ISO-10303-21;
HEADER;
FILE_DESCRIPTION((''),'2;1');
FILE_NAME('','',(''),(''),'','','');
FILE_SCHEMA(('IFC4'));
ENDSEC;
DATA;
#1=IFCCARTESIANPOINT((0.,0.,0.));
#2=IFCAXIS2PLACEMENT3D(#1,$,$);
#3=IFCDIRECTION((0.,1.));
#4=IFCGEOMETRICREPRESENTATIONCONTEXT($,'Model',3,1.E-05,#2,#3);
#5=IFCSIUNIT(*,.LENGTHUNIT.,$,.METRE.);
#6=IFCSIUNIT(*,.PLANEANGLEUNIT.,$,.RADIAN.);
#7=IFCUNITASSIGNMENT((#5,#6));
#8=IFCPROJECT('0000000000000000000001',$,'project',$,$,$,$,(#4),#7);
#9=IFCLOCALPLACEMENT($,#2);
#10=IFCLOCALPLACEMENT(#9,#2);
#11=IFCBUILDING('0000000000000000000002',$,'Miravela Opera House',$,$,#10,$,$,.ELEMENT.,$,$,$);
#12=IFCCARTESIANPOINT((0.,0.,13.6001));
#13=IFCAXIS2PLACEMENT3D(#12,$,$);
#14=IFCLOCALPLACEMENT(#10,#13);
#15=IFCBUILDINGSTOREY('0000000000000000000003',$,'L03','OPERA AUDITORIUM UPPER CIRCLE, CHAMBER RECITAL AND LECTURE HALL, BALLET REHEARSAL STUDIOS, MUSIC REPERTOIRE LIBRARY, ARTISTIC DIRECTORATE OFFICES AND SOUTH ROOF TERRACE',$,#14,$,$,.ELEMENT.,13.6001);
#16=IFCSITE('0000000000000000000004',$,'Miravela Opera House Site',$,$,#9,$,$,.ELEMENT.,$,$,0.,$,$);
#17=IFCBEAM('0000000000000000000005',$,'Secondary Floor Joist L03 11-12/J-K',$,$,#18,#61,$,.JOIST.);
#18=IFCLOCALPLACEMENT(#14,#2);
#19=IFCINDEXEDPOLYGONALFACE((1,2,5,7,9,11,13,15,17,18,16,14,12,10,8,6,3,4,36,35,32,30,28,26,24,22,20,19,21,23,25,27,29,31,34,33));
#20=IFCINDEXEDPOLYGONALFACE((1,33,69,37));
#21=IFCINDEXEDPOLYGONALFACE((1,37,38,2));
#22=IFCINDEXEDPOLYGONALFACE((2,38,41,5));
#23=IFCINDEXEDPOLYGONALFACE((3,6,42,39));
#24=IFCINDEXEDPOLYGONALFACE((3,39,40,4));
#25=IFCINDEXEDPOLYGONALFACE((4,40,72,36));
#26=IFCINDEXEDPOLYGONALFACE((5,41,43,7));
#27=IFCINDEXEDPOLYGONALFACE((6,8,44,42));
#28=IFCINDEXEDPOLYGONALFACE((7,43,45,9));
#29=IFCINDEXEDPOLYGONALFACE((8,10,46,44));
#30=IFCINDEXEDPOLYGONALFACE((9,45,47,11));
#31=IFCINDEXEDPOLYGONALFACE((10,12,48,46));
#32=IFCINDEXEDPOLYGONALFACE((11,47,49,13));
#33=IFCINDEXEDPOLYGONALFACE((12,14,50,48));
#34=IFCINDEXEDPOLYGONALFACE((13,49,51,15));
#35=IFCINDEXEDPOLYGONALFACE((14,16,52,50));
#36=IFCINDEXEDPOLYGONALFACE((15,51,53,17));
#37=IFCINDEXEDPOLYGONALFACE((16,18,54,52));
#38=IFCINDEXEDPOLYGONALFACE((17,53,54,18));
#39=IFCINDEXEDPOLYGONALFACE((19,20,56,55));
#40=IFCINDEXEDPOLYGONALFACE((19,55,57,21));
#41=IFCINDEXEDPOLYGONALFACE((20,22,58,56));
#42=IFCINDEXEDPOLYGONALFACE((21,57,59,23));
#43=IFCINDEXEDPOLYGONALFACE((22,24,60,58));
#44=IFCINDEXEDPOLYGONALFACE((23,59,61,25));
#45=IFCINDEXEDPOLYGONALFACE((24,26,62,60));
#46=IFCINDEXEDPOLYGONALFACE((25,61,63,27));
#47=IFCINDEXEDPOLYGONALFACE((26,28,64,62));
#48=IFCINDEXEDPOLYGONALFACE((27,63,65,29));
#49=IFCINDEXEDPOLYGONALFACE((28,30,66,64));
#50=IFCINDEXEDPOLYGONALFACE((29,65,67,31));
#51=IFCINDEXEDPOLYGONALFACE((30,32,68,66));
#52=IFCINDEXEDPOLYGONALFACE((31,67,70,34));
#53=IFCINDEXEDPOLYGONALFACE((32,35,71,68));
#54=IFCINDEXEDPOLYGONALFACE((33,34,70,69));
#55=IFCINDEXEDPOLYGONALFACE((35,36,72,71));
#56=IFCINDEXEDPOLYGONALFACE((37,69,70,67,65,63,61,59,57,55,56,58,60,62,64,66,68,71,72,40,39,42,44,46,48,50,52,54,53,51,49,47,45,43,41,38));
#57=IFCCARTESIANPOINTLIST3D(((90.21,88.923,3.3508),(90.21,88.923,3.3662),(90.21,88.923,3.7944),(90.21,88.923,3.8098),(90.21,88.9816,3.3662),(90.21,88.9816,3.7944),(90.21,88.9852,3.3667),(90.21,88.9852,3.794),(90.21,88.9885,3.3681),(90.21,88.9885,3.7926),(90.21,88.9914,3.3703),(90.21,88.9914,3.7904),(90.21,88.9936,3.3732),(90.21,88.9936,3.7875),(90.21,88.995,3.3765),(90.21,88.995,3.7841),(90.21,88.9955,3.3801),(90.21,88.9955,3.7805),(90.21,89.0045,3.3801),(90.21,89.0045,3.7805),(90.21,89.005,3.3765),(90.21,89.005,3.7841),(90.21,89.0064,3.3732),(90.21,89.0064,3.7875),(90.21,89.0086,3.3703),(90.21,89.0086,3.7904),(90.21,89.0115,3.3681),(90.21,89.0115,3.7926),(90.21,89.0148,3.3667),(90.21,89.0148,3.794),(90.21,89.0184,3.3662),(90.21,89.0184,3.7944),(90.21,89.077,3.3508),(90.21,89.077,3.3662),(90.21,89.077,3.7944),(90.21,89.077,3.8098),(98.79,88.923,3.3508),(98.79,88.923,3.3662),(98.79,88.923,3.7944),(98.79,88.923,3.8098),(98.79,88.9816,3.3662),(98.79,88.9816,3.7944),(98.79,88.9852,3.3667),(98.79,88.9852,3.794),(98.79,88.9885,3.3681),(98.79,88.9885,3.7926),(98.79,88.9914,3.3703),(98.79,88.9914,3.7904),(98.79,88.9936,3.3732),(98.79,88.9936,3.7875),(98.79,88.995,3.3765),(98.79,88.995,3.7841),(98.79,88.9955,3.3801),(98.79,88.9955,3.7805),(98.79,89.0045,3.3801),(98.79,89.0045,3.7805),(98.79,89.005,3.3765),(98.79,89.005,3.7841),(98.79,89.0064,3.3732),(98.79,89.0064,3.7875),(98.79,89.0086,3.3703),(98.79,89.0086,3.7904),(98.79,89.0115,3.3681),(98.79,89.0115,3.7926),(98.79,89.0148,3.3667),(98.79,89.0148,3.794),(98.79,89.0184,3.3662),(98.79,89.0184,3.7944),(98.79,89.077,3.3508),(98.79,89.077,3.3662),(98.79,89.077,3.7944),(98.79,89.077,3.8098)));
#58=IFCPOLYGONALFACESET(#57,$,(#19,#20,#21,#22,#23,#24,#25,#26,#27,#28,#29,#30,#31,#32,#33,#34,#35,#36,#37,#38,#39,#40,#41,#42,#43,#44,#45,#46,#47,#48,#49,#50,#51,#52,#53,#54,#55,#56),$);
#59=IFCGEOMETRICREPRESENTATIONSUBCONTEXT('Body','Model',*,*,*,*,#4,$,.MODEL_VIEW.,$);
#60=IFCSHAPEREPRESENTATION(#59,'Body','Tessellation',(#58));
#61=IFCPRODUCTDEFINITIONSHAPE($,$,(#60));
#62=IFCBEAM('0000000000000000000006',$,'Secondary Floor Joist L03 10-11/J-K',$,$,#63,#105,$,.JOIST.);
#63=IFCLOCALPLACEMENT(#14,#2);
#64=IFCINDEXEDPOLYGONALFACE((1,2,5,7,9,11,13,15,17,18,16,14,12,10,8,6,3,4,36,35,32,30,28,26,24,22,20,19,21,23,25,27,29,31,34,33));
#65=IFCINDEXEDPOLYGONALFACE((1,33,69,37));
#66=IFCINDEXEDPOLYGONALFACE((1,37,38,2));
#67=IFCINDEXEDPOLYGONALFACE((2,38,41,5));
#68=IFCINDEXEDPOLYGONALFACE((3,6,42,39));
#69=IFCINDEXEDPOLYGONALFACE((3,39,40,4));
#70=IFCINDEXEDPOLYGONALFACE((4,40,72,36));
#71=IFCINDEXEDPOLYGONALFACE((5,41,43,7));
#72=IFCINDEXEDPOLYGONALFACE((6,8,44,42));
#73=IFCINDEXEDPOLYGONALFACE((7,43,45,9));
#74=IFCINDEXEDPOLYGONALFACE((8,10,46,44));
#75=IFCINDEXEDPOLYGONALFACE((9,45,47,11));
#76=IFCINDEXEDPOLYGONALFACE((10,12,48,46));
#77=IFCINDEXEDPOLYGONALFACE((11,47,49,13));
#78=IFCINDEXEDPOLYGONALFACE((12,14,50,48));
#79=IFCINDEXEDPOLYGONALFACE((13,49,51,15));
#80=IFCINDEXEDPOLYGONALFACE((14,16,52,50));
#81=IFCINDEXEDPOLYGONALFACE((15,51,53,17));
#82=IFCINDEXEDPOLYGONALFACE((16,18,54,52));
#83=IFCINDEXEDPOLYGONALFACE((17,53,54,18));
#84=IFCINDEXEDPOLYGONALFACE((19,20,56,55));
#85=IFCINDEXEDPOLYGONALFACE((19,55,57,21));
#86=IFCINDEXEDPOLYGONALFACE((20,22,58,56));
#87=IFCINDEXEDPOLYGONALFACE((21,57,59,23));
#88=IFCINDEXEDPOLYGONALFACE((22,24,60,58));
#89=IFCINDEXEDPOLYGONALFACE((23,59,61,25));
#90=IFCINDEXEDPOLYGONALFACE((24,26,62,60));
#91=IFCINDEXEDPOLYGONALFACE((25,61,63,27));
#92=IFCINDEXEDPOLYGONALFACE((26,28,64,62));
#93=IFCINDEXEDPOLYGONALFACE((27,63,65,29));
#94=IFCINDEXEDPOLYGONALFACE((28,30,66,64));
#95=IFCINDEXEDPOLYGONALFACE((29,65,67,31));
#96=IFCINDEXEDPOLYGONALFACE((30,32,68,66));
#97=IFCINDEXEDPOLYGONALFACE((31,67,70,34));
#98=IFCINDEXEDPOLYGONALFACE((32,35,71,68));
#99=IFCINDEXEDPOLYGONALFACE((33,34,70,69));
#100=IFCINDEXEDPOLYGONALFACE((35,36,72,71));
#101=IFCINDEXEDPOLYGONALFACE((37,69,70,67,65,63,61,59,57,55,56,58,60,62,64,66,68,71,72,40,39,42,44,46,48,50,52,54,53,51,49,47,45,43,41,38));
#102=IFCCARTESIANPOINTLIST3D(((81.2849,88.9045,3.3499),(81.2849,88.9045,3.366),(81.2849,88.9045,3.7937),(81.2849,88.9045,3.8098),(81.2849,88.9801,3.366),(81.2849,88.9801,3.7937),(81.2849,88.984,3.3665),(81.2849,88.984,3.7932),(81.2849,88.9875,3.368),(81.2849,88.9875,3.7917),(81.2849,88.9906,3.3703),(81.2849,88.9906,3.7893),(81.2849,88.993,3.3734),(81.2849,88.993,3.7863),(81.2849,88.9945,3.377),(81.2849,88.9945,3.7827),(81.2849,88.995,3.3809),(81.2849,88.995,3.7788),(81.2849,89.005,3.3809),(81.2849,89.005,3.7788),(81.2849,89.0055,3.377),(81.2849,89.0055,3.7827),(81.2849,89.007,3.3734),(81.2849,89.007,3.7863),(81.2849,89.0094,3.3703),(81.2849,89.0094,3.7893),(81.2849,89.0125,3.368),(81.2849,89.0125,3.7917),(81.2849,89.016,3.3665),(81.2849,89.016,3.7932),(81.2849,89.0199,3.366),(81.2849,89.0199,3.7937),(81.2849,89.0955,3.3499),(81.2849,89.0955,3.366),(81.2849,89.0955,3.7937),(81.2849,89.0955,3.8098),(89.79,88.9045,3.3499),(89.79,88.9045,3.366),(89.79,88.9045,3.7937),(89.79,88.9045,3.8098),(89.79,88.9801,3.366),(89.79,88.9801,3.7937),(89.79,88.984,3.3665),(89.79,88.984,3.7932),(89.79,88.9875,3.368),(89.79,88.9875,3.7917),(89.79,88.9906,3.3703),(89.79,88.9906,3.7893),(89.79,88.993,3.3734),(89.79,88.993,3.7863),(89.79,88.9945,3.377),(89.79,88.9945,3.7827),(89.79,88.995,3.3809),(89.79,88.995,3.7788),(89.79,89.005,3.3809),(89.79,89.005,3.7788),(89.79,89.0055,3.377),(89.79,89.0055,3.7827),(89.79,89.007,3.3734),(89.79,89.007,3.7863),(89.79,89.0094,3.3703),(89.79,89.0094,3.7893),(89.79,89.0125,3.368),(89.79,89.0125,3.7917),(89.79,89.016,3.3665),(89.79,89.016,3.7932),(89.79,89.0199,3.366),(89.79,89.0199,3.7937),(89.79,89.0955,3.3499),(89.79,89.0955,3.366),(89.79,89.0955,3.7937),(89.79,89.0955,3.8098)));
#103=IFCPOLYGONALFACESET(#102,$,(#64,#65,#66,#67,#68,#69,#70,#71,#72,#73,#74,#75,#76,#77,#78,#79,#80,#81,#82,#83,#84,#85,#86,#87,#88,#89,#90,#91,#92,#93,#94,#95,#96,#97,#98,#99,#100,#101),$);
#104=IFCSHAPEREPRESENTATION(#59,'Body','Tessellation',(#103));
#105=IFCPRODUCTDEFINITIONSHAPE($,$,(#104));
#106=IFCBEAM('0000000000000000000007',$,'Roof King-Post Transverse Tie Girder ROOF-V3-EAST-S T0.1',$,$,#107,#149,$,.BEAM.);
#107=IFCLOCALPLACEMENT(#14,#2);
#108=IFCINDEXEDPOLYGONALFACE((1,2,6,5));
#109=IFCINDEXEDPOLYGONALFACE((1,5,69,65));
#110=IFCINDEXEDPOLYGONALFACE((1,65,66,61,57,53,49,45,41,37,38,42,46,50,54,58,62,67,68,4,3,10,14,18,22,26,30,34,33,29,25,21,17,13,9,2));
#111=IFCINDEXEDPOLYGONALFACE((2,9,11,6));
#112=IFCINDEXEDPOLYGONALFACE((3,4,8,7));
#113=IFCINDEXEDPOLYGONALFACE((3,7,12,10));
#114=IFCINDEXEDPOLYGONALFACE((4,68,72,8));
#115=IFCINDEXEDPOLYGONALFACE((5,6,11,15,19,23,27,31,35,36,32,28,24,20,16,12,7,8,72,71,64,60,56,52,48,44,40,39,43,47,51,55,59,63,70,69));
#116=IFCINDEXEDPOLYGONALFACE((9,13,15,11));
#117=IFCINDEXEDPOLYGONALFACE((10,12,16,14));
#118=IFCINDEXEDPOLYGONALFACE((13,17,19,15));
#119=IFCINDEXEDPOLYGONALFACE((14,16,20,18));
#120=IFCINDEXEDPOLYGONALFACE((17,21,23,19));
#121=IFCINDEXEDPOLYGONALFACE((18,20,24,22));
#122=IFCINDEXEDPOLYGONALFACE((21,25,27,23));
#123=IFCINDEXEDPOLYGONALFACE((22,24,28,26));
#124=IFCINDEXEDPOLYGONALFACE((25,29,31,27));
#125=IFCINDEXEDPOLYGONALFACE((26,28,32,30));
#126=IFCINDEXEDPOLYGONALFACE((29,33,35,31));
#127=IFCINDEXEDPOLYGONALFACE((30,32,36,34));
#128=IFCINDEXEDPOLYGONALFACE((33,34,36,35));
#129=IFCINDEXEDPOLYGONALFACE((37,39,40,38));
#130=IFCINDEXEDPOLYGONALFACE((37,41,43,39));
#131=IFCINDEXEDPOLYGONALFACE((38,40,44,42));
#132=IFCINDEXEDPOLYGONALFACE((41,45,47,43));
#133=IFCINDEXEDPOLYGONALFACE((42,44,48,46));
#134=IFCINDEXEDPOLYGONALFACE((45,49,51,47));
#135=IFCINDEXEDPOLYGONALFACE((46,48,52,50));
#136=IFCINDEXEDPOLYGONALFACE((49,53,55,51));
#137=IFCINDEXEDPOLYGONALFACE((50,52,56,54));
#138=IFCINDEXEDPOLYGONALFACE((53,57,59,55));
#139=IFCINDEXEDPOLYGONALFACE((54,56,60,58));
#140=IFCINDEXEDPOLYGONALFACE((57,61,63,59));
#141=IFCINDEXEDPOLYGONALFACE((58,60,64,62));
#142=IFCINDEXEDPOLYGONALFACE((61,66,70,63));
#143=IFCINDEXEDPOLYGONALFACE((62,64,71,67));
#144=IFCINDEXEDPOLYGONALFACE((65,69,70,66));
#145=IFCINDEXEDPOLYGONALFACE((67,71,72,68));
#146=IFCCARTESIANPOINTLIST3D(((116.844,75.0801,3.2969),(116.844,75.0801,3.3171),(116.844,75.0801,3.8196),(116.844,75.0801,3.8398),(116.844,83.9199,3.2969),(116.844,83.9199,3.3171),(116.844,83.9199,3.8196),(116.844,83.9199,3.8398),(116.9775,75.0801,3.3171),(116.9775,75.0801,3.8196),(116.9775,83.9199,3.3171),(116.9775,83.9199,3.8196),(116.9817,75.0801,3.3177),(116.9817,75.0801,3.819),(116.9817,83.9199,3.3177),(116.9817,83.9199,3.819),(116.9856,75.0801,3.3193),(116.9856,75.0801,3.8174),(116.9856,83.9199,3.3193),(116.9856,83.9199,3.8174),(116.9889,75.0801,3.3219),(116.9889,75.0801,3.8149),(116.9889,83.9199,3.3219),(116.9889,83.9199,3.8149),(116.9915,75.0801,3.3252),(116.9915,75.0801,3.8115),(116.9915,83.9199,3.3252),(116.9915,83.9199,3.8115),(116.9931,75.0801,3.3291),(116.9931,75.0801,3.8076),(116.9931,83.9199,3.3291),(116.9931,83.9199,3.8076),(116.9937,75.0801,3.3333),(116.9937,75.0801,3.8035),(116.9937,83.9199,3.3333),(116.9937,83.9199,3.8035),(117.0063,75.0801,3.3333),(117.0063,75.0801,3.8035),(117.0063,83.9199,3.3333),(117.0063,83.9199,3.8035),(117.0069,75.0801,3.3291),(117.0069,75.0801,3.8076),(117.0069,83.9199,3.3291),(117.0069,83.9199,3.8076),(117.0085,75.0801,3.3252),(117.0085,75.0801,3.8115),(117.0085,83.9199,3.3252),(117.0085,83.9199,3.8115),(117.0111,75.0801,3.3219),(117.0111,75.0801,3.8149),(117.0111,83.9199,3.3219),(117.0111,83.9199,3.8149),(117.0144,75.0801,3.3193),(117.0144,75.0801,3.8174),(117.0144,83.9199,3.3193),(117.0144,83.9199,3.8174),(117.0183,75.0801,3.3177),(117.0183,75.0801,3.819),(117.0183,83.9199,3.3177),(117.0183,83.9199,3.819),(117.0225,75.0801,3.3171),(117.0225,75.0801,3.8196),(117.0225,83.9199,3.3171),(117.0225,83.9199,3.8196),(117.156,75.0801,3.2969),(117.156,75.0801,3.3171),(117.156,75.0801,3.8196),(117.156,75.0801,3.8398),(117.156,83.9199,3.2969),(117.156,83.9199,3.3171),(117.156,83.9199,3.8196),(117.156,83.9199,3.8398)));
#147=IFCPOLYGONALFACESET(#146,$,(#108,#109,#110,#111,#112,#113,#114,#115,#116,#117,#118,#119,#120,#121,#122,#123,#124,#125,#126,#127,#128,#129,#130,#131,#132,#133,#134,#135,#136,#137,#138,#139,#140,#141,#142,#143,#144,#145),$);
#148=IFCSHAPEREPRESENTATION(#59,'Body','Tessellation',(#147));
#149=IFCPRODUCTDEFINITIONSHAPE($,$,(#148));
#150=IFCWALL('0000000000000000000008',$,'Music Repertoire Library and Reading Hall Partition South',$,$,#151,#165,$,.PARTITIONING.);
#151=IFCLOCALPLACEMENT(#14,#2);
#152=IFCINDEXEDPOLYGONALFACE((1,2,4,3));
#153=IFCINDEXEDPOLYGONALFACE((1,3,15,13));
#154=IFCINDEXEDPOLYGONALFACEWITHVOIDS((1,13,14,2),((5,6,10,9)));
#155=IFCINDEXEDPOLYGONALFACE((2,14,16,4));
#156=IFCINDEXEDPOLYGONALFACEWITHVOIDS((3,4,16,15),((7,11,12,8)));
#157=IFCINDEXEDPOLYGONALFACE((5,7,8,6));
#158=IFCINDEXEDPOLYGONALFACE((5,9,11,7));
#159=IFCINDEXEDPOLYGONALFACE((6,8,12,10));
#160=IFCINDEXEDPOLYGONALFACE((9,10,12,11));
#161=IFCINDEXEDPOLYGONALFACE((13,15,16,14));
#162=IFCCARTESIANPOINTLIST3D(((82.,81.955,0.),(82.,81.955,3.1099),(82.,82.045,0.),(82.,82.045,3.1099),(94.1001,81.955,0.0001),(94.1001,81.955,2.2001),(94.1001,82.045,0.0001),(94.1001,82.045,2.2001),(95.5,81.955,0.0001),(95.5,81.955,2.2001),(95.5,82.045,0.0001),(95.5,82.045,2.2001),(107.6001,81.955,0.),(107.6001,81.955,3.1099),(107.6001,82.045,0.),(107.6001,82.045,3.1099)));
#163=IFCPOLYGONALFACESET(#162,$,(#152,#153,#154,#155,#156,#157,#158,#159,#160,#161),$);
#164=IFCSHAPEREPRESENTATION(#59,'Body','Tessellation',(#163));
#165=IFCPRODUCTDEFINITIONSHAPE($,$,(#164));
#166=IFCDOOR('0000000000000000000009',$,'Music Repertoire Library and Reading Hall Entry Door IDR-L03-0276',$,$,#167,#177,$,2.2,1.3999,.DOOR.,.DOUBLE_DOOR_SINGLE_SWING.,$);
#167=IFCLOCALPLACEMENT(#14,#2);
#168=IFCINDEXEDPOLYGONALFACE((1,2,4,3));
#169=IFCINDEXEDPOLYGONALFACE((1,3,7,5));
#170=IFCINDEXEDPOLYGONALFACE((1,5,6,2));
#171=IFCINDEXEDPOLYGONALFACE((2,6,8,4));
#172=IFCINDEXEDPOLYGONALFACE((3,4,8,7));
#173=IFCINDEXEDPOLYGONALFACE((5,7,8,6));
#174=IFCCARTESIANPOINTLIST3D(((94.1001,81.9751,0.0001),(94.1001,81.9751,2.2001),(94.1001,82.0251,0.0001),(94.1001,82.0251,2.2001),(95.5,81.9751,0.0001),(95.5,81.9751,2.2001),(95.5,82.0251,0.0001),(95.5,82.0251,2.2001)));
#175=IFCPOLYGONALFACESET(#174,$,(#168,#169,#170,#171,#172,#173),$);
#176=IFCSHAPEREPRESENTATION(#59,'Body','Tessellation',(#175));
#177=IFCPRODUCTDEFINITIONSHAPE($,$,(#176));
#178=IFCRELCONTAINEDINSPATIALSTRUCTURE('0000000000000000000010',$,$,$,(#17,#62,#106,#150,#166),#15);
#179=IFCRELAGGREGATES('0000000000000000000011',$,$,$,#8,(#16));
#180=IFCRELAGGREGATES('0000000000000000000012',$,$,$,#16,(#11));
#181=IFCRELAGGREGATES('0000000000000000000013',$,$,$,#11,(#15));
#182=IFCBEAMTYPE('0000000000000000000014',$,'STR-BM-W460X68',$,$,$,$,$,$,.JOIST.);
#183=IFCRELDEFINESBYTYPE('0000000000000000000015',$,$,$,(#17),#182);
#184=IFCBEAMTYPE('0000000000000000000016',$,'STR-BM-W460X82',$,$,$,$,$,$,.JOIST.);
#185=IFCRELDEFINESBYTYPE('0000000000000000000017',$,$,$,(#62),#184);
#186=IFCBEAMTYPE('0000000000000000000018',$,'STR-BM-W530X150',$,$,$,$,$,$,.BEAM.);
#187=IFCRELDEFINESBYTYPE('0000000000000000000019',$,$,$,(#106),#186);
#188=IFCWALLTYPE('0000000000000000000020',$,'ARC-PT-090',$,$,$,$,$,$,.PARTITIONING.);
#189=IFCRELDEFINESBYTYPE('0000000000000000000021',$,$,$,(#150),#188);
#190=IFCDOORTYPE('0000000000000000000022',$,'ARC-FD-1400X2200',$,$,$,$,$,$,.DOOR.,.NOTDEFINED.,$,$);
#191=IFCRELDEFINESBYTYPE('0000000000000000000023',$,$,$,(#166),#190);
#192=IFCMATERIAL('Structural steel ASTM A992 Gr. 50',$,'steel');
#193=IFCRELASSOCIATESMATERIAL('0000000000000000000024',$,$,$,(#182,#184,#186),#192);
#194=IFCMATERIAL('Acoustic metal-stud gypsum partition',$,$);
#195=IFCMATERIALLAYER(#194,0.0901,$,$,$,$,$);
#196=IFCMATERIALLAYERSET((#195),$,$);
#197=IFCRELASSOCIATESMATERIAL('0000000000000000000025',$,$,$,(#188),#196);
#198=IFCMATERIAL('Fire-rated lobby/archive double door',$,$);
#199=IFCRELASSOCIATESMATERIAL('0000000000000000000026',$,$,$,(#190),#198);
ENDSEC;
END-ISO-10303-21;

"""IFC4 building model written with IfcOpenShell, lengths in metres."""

from ifc_helpers import new_model, si_unit, direction, frame, frame_2d, origin, origin_2d, place, context, subcontext, project, spatial, rectangle, i_section, extrude, material, layer, layer_set, material_profile, profile_set, type_object, element, fill, save


model = new_model("IFC4")

# Units and contexts
model_context = context("Model", 3, precision=1e-05, world=origin(), true_north=direction((0.0, 1.0)))
body_context = subcontext(model_context, "Body", "Model", "MODEL_VIEW")
ifc_project = project(units=[si_unit("LENGTHUNIT", "METRE"), si_unit("PLANEANGLEUNIT", "RADIAN")], contexts=[model_context])

# Site, building, storey
site_placement = place(None, origin())
site = spatial("IfcSite", under=ifc_project, at=site_placement, Name="Miravela Opera House Site", CompositionType="ELEMENT", RefElevation=0.0)
building_placement = place(site_placement, origin())
building = spatial("IfcBuilding", under=site, at=building_placement, Name="Miravela Opera House", CompositionType="ELEMENT")
storey_placement = place(building_placement, frame((0.0, 0.0, 13.6001)))
storey = spatial("IfcBuildingStorey", under=building, at=storey_placement, Name="L03", Description="OPERA AUDITORIUM UPPER CIRCLE, CHAMBER RECITAL AND LECTURE HALL, BALLET REHEARSAL STUDIOS, MUSIC REPERTOIRE LIBRARY, ARTISTIC DIRECTORATE OFFICES AND SOUTH ROOF TERRACE", CompositionType="ELEMENT", Elevation=13.6001)

# Beams
ifc_material_1 = material(Name="Structural steel ASTM A992 Gr. 50", Category="steel")
ifc_material_profile_1 = material_profile(ifc_material_1, i_section(OverallWidth=0.1541, OverallDepth=0.459, WebThickness=0.009, FlangeThickness=0.0154, FilletRadius=0.0139, at=origin_2d()), Name="W460X68")
ifc_profile_set_1 = profile_set([ifc_material_profile_1])
beam_type_1 = type_object("IfcBeamType", Name="STR-BM-W460X68", PredefinedType="JOIST", material=ifc_profile_set_1)
beam_1_placement = place(storey_placement, frame((90.21, 89.0, 3.5803), z_axis=(1.0, 0.0, 0.0), x_axis=(0.0, 1.0, 0.0)))
element("IfcBeam", 1, at=beam_1_placement, inside=storey, type_object=beam_type_1, Name="Secondary Floor Joist L03 11-12/J-K", PredefinedType="JOIST", context=body_context, shape_type="SweptSolid", body=[
    extrude(i_section(OverallWidth=0.1541, OverallDepth=0.459, WebThickness=0.009, FlangeThickness=0.0154, FilletRadius=0.0139, at=origin_2d()), origin(), (0.0, 0.0, 1.0), 8.5801),
])
ifc_material_profile_2 = material_profile(ifc_material_1, i_section(OverallWidth=0.1909, OverallDepth=0.46, WebThickness=0.01, FlangeThickness=0.0161, FilletRadius=0.0149, at=origin_2d()), Name="W460X82")
ifc_profile_set_2 = profile_set([ifc_material_profile_2])
beam_type_2 = type_object("IfcBeamType", Name="STR-BM-W460X82", PredefinedType="JOIST", material=ifc_profile_set_2)
beam_2_placement = place(storey_placement, frame((81.2849, 89.0, 3.5798), z_axis=(1.0, 0.0, 0.0), x_axis=(0.0, 1.0, 0.0)))
element("IfcBeam", 2, at=beam_2_placement, inside=storey, type_object=beam_type_2, Name="Secondary Floor Joist L03 10-11/J-K", PredefinedType="JOIST", context=body_context, shape_type="SweptSolid", body=[
    extrude(i_section(OverallWidth=0.1909, OverallDepth=0.46, WebThickness=0.01, FlangeThickness=0.0161, FilletRadius=0.0149, at=origin_2d()), origin(), (0.0, 0.0, 1.0), 8.5051),
])
ifc_material_profile_3 = material_profile(ifc_material_1, i_section(OverallWidth=0.312, OverallDepth=0.543, WebThickness=0.0127, FlangeThickness=0.0203, FilletRadius=0.0161, at=origin_2d()), Name="W530X150")
ifc_profile_set_3 = profile_set([ifc_material_profile_3])
beam_type_3 = type_object("IfcBeamType", Name="STR-BM-W530X150", PredefinedType="BEAM", material=ifc_profile_set_3)
beam_3_placement = place(storey_placement, frame((117.0, 75.0801, 3.5684), z_axis=(0.0, 1.0, 0.0), x_axis=(-1.0, 0.0, 0.0)))
element("IfcBeam", 3, at=beam_3_placement, inside=storey, type_object=beam_type_3, Name="Roof King-Post Transverse Tie Girder ROOF-V3-EAST-S T0.1", PredefinedType="BEAM", context=body_context, shape_type="SweptSolid", body=[
    extrude(i_section(OverallWidth=0.312, OverallDepth=0.543, WebThickness=0.0127, FlangeThickness=0.0203, FilletRadius=0.0161, at=origin_2d()), origin(), (0.0, 0.0, 1.0), 8.8398),
])

# Wall, opening, door
ifc_material_2 = material(Name="Acoustic metal-stud gypsum partition")
ifc_layer_1 = layer(ifc_material_2, 0.0901)
ifc_layer_set_1 = layer_set([ifc_layer_1])
wall_type_1 = type_object("IfcWallType", Name="ARC-PT-090", PredefinedType="PARTITIONING", material=ifc_layer_set_1)
wall_1_placement = place(storey_placement, frame((82.0, 82.0, 0.0), z_axis=(0.0, 0.0, 1.0), x_axis=(1.0, 0.0, 0.0)))
wall_1 = element("IfcWall", 4, at=wall_1_placement, inside=storey, type_object=wall_type_1, Name="Music Repertoire Library and Reading Hall Partition South", PredefinedType="PARTITIONING", context=body_context, shape_type="SweptSolid", body=[
    extrude(rectangle(XDim=25.6001, YDim=0.0901, at=frame_2d((12.8, 0.0))), origin(), (0.0, 0.0, 1.0), 3.1099),
])
opening_placement = place(wall_1_placement, frame((12.1001, 0.0, 0.0)))
opening = element("IfcOpeningElement", 5, at=opening_placement, cuts=wall_1, PredefinedType="OPENING", context=body_context, shape_type="SweptSolid", body=[
    extrude(rectangle(XDim=1.3999, YDim=2.2, at=frame_2d((0.7, 1.1001))), frame((0.0, 0.0549, 0.0), z_axis=(0.0, -1.0, 0.0), x_axis=(1.0, 0.0, 0.0)), (0.0, 0.0, 1.0), 0.1101),
])
ifc_material_3 = material(Name="Fire-rated lobby/archive double door")
door_type = type_object("IfcDoorType", Name="ARC-FD-1400X2200", OperationType="NOTDEFINED", PredefinedType="DOOR", material=ifc_material_3)
door_placement = place(opening_placement, frame((1.3999, 0.0, 0.0), z_axis=(0.0, 0.0, 1.0), x_axis=(-1.0, 0.0, 0.0)))
door = element("IfcDoor", 6, at=door_placement, inside=storey, type_object=door_type, Name="Music Repertoire Library and Reading Hall Entry Door IDR-L03-0276", OperationType="DOUBLE_DOOR_SINGLE_SWING", OverallHeight=2.2, OverallWidth=1.3999, PredefinedType="DOOR", context=body_context, shape_type="SweptSolid", body=[
    extrude(rectangle(XDim=1.3999, YDim=2.2, at=frame_2d((0.7, 1.1001))), frame((0.0, 0.0249, 0.0), z_axis=(0.0, -1.0, 0.0), x_axis=(1.0, 0.0, 0.0)), (0.0, 0.0, 1.0), 0.05),
])
fill(opening, door)

save(model, "model.ifc")
